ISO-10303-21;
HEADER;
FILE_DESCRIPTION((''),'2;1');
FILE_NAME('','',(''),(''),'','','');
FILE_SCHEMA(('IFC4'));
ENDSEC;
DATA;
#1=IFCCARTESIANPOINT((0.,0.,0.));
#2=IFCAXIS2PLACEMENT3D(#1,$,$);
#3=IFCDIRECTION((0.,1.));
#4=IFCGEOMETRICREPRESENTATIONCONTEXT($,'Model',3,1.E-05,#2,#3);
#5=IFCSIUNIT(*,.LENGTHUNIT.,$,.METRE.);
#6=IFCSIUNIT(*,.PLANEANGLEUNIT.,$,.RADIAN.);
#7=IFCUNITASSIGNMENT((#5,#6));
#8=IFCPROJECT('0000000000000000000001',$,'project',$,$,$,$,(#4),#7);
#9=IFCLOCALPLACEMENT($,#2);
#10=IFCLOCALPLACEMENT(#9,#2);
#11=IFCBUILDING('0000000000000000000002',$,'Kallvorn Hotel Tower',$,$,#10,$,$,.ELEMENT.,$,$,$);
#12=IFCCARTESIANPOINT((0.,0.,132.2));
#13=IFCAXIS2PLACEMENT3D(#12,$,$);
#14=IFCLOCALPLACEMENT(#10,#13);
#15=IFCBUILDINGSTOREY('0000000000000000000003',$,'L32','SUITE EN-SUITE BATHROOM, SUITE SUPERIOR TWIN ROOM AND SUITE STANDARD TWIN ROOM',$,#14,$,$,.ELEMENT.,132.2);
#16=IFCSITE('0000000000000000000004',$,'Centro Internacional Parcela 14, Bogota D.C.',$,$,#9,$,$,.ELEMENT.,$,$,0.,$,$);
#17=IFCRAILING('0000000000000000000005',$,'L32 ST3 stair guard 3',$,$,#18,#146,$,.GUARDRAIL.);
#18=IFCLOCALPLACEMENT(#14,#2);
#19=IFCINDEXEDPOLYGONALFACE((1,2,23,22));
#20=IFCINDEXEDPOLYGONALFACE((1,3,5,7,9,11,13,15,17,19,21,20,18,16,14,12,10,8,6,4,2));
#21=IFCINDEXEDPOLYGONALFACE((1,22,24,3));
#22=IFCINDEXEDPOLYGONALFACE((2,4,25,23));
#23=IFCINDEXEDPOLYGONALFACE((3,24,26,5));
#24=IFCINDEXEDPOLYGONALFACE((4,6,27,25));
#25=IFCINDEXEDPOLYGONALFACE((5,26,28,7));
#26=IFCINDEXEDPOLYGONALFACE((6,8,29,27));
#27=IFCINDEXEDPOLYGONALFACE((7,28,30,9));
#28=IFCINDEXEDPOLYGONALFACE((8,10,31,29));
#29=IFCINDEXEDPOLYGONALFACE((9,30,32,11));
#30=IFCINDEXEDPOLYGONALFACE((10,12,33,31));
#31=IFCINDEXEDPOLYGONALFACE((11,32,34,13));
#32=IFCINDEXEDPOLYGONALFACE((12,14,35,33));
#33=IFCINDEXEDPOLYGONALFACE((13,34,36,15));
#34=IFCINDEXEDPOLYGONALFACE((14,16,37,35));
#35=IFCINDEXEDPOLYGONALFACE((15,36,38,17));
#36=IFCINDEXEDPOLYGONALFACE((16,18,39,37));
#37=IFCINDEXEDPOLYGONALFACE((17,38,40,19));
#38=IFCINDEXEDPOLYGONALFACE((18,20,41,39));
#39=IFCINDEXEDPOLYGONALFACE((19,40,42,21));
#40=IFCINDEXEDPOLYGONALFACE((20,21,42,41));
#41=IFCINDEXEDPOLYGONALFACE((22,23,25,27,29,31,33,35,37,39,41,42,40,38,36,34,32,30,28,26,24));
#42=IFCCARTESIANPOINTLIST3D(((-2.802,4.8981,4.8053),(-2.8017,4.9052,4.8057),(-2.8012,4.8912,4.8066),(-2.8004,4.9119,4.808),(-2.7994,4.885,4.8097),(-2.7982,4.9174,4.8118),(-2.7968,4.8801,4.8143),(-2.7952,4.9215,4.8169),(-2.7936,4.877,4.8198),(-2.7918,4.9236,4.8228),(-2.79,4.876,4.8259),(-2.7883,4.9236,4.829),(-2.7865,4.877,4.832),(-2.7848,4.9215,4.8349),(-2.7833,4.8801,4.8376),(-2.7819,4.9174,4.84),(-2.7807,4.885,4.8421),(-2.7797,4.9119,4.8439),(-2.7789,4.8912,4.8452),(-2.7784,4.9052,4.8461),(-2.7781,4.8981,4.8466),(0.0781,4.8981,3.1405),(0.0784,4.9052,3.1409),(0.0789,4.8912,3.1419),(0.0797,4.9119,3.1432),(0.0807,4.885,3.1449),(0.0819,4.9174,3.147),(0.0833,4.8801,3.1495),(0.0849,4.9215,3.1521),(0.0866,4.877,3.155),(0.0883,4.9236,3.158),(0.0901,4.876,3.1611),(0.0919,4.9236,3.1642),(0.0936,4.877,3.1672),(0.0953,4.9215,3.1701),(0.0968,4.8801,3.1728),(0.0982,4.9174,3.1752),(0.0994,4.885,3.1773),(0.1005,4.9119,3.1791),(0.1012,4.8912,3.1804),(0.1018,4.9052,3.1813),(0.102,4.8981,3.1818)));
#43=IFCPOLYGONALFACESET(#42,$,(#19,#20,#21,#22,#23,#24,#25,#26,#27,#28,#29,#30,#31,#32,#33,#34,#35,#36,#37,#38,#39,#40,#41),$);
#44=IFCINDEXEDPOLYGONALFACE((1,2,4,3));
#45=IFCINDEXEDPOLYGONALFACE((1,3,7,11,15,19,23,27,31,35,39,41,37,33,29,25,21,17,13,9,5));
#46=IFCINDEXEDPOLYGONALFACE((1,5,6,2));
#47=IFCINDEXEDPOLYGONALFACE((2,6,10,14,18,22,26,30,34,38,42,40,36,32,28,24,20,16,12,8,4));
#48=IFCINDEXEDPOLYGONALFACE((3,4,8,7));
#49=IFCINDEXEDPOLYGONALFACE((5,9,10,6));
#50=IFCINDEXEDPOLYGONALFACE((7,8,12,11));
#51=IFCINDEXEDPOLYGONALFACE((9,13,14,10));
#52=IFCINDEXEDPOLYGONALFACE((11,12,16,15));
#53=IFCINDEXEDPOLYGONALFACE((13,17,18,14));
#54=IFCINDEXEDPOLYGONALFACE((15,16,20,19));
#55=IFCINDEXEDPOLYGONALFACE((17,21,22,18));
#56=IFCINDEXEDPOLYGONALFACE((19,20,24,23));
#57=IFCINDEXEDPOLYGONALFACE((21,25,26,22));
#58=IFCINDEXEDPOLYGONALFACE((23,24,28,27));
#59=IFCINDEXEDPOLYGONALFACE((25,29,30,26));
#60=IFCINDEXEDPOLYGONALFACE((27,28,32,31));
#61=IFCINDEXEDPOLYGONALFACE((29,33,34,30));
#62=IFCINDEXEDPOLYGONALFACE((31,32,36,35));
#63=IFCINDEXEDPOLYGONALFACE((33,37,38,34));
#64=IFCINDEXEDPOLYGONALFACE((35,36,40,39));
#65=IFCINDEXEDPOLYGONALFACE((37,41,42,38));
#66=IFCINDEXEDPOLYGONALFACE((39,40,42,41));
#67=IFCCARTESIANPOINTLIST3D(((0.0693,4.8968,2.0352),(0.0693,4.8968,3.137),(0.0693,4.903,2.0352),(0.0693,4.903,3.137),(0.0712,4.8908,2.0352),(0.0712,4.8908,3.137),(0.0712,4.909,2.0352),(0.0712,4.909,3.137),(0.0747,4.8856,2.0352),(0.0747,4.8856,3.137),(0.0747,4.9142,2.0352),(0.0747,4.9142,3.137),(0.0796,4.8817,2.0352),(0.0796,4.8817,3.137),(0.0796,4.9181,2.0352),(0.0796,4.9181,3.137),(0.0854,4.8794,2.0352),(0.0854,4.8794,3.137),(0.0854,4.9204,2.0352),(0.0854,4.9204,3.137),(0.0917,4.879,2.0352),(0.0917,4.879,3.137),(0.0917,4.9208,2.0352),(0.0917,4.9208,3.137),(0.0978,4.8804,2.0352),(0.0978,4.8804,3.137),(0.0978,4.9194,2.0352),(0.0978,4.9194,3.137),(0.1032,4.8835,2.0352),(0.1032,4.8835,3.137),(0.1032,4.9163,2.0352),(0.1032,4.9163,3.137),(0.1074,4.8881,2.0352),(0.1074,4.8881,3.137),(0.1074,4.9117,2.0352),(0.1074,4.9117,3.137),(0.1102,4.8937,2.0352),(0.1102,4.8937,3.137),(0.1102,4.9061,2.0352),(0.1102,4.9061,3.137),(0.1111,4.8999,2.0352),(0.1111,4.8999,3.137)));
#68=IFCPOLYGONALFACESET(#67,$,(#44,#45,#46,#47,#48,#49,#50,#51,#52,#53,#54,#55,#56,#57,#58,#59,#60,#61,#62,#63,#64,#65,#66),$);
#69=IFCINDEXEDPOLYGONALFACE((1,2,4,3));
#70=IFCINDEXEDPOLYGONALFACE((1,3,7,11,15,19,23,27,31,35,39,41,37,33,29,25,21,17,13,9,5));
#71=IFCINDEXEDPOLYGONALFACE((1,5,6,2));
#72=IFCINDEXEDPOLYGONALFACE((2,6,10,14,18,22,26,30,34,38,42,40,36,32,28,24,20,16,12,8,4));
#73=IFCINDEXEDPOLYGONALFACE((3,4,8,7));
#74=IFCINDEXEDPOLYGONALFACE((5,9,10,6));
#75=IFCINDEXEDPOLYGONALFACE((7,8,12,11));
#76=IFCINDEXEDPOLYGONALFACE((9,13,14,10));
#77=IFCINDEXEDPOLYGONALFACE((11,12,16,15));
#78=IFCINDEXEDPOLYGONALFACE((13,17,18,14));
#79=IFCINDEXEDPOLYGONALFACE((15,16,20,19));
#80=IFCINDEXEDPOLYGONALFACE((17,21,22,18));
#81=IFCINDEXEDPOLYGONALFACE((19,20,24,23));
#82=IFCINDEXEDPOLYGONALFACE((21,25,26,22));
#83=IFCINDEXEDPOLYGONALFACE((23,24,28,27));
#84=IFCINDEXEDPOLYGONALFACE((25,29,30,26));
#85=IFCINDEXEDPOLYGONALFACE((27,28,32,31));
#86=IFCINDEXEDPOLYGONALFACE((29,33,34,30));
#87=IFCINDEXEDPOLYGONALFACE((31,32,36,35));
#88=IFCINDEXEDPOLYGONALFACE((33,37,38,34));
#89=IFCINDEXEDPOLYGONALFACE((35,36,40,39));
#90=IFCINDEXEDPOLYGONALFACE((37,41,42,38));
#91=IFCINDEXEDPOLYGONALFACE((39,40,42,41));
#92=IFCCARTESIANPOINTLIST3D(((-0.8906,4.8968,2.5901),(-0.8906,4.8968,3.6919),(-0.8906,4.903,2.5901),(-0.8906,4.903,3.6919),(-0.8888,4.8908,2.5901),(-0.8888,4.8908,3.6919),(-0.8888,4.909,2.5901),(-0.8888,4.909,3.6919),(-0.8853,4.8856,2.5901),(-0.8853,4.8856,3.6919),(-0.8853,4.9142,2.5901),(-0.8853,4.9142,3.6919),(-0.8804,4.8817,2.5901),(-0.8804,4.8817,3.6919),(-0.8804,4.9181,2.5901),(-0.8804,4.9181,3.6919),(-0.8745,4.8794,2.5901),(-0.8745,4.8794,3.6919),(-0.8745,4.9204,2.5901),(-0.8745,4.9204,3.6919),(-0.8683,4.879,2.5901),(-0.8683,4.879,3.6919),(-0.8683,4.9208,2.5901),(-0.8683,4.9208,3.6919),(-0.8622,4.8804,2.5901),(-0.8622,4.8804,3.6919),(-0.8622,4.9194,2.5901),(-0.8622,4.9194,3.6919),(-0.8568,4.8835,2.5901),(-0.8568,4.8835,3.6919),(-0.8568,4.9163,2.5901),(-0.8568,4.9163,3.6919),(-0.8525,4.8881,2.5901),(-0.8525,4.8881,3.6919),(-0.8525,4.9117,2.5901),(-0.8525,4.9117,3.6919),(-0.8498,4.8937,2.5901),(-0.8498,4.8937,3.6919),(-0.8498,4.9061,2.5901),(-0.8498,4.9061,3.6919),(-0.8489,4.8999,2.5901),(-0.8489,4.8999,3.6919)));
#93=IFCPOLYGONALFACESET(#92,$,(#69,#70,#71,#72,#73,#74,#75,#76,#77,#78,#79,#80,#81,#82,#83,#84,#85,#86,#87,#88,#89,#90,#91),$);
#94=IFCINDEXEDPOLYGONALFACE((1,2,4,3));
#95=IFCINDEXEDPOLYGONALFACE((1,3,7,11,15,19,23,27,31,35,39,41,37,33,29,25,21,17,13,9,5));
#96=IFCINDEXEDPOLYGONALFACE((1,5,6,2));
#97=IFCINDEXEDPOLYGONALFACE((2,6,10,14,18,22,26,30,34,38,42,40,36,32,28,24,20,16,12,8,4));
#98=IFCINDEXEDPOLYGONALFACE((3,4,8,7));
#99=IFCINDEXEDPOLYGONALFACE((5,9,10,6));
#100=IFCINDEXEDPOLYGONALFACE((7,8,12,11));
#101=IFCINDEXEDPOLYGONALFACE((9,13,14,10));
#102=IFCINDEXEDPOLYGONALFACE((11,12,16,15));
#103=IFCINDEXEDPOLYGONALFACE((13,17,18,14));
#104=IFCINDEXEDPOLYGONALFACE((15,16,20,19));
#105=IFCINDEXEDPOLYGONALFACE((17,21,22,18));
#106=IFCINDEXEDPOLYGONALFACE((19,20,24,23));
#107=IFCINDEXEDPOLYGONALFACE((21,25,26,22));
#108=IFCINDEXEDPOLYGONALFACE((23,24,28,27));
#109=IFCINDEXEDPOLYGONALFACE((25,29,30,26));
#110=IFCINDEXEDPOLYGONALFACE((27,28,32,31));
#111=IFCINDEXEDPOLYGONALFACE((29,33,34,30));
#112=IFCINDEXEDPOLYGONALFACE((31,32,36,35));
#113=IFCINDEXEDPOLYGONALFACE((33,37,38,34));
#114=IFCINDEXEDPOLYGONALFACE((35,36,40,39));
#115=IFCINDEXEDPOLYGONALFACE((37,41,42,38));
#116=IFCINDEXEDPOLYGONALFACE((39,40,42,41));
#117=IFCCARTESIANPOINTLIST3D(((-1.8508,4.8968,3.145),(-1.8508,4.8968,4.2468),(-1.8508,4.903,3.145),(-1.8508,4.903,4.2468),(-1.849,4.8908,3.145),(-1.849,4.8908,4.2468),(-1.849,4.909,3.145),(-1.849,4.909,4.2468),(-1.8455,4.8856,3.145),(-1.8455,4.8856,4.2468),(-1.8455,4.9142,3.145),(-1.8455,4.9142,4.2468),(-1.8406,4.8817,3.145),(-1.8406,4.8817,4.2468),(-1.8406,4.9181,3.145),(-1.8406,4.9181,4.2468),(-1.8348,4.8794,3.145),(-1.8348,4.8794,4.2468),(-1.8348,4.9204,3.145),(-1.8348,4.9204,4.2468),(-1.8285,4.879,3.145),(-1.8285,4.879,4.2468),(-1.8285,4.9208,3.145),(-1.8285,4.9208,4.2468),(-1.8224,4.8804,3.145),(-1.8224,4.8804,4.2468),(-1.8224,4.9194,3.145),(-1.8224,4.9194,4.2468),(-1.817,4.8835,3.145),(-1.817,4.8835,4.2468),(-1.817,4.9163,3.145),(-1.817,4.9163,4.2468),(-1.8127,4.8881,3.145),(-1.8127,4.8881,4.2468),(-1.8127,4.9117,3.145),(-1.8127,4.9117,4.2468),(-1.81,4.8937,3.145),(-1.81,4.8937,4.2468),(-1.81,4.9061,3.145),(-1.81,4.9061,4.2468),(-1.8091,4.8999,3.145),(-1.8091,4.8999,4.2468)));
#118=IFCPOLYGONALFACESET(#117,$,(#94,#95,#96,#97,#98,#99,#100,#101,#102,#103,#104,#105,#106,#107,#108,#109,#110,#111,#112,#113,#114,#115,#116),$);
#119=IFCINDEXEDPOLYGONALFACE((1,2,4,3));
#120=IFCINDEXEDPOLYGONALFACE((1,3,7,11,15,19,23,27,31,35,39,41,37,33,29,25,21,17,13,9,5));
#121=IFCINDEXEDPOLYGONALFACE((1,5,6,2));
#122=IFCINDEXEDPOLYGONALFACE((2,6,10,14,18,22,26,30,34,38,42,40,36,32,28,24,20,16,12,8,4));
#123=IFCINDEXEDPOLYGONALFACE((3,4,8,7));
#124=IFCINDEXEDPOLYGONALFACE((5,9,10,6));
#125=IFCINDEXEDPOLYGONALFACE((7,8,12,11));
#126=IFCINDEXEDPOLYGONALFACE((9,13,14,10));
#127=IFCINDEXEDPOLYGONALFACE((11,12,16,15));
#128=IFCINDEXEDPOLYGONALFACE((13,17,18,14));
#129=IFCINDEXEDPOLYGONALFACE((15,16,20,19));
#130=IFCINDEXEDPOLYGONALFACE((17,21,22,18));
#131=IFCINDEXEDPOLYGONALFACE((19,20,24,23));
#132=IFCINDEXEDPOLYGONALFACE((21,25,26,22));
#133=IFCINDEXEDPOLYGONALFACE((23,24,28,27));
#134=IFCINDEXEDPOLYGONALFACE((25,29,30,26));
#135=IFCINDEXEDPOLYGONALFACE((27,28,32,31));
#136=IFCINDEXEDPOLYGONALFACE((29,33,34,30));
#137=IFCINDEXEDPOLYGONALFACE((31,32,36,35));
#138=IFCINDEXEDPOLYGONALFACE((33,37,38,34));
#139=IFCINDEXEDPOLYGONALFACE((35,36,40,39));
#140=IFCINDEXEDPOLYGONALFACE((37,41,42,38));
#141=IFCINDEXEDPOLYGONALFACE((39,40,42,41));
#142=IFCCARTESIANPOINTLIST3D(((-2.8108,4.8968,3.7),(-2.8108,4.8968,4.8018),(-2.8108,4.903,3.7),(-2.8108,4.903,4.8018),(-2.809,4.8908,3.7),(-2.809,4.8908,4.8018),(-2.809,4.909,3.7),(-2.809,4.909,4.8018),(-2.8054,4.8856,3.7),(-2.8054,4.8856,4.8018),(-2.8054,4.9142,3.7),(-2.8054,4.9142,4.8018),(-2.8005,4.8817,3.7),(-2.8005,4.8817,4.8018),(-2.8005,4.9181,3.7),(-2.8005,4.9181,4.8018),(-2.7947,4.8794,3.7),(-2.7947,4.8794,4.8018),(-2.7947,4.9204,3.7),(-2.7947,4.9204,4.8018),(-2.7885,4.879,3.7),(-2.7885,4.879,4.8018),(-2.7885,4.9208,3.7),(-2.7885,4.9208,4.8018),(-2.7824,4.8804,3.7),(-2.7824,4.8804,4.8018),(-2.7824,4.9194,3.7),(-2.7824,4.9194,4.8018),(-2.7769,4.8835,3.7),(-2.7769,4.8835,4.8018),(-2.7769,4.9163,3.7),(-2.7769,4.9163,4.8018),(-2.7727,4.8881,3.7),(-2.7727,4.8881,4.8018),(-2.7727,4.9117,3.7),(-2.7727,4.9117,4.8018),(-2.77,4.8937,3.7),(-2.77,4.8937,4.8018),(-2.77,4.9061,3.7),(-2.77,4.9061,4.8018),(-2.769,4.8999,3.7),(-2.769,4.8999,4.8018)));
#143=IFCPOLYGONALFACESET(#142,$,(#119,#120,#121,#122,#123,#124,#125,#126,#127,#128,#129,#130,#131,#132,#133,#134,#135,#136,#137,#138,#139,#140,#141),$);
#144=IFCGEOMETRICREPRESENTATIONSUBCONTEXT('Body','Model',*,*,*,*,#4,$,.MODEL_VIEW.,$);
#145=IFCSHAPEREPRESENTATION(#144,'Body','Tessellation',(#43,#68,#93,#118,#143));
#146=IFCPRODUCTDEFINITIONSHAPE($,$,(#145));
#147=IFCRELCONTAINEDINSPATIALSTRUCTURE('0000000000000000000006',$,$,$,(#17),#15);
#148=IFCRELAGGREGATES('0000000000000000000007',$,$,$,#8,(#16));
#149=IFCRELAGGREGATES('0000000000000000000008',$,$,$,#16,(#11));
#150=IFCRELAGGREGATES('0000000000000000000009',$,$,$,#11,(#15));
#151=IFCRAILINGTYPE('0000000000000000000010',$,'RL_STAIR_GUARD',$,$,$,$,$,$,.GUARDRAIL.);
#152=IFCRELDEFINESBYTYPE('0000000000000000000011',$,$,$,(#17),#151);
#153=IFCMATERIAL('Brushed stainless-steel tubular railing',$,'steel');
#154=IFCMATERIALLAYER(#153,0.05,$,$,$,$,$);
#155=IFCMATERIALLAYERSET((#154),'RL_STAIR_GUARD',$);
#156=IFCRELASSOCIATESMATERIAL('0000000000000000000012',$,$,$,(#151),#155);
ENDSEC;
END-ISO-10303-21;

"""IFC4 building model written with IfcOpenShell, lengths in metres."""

from ifc_helpers import new_model, si_unit, direction, frame, origin, origin_2d, place, context, subcontext, project, spatial, circle, extrude, material, layer, layer_set, type_object, element, save


model = new_model("IFC4")

# Units and contexts
model_context = context("Model", 3, precision=1e-05, world=origin(), true_north=direction((0.0, 1.0)))
body_context = subcontext(model_context, "Body", "Model", "MODEL_VIEW")
ifc_project = project(units=[si_unit("LENGTHUNIT", "METRE"), si_unit("PLANEANGLEUNIT", "RADIAN")], contexts=[model_context])

# Site, building, storey
site_placement = place(None, origin())
site = spatial("IfcSite", under=ifc_project, at=site_placement, Name="Centro Internacional Parcela 14, Bogota D.C.", CompositionType="ELEMENT", RefElevation=0.0)
building_placement = place(site_placement, origin())
building = spatial("IfcBuilding", under=site, at=building_placement, Name="Kallvorn Hotel Tower", CompositionType="ELEMENT")
storey_placement = place(building_placement, frame((0.0, 0.0, 132.2)))
storey = spatial("IfcBuildingStorey", under=building, at=storey_placement, Name="L32", Description="SUITE EN-SUITE BATHROOM, SUITE SUPERIOR TWIN ROOM AND SUITE STANDARD TWIN ROOM", CompositionType="ELEMENT", Elevation=132.2)

# Railing
ifc_material_1 = material(Name="Brushed stainless-steel tubular railing", Category="steel")
ifc_layer_1 = layer(ifc_material_1, 0.05)
ifc_layer_set_1 = layer_set([ifc_layer_1], Name="RL_STAIR_GUARD")
railing_type_1 = type_object("IfcRailingType", Name="RL_STAIR_GUARD", PredefinedType="GUARDRAIL", material=ifc_layer_set_1)
railing_1_placement = place(storey_placement, frame((0.0901, 4.8999, 2.0352)))
element("IfcRailing", 1, at=railing_1_placement, inside=storey, type_object=railing_type_1, Name="L32 ST3 stair guard 3", PredefinedType="GUARDRAIL", context=body_context, shape_type="SweptSolid", body=[
    extrude(circle(Radius=0.0239, at=origin_2d()), frame((0.0, 0.0, 1.126), z_axis=(-0.865771, 0.0, 0.50044), x_axis=(0.0, -1.0, 0.0)), (0.0, 0.0, 1.0), 3.3267),
    extrude(circle(Radius=0.021, at=origin_2d()), origin(), (0.0, 0.0, 1.0), 1.1018),
    extrude(circle(Radius=0.021, at=origin_2d()), frame((-0.96, 0.0, 0.5549)), (0.0, 0.0, 1.0), 1.1018),
    extrude(circle(Radius=0.021, at=origin_2d()), frame((-1.9202, 0.0, 1.1099)), (0.0, 0.0, 1.0), 1.1018),
    extrude(circle(Radius=0.021, at=origin_2d()), frame((-2.8801, 0.0, 1.6648)), (0.0, 0.0, 1.0), 1.1018),
])

save(model, "model.ifc")
